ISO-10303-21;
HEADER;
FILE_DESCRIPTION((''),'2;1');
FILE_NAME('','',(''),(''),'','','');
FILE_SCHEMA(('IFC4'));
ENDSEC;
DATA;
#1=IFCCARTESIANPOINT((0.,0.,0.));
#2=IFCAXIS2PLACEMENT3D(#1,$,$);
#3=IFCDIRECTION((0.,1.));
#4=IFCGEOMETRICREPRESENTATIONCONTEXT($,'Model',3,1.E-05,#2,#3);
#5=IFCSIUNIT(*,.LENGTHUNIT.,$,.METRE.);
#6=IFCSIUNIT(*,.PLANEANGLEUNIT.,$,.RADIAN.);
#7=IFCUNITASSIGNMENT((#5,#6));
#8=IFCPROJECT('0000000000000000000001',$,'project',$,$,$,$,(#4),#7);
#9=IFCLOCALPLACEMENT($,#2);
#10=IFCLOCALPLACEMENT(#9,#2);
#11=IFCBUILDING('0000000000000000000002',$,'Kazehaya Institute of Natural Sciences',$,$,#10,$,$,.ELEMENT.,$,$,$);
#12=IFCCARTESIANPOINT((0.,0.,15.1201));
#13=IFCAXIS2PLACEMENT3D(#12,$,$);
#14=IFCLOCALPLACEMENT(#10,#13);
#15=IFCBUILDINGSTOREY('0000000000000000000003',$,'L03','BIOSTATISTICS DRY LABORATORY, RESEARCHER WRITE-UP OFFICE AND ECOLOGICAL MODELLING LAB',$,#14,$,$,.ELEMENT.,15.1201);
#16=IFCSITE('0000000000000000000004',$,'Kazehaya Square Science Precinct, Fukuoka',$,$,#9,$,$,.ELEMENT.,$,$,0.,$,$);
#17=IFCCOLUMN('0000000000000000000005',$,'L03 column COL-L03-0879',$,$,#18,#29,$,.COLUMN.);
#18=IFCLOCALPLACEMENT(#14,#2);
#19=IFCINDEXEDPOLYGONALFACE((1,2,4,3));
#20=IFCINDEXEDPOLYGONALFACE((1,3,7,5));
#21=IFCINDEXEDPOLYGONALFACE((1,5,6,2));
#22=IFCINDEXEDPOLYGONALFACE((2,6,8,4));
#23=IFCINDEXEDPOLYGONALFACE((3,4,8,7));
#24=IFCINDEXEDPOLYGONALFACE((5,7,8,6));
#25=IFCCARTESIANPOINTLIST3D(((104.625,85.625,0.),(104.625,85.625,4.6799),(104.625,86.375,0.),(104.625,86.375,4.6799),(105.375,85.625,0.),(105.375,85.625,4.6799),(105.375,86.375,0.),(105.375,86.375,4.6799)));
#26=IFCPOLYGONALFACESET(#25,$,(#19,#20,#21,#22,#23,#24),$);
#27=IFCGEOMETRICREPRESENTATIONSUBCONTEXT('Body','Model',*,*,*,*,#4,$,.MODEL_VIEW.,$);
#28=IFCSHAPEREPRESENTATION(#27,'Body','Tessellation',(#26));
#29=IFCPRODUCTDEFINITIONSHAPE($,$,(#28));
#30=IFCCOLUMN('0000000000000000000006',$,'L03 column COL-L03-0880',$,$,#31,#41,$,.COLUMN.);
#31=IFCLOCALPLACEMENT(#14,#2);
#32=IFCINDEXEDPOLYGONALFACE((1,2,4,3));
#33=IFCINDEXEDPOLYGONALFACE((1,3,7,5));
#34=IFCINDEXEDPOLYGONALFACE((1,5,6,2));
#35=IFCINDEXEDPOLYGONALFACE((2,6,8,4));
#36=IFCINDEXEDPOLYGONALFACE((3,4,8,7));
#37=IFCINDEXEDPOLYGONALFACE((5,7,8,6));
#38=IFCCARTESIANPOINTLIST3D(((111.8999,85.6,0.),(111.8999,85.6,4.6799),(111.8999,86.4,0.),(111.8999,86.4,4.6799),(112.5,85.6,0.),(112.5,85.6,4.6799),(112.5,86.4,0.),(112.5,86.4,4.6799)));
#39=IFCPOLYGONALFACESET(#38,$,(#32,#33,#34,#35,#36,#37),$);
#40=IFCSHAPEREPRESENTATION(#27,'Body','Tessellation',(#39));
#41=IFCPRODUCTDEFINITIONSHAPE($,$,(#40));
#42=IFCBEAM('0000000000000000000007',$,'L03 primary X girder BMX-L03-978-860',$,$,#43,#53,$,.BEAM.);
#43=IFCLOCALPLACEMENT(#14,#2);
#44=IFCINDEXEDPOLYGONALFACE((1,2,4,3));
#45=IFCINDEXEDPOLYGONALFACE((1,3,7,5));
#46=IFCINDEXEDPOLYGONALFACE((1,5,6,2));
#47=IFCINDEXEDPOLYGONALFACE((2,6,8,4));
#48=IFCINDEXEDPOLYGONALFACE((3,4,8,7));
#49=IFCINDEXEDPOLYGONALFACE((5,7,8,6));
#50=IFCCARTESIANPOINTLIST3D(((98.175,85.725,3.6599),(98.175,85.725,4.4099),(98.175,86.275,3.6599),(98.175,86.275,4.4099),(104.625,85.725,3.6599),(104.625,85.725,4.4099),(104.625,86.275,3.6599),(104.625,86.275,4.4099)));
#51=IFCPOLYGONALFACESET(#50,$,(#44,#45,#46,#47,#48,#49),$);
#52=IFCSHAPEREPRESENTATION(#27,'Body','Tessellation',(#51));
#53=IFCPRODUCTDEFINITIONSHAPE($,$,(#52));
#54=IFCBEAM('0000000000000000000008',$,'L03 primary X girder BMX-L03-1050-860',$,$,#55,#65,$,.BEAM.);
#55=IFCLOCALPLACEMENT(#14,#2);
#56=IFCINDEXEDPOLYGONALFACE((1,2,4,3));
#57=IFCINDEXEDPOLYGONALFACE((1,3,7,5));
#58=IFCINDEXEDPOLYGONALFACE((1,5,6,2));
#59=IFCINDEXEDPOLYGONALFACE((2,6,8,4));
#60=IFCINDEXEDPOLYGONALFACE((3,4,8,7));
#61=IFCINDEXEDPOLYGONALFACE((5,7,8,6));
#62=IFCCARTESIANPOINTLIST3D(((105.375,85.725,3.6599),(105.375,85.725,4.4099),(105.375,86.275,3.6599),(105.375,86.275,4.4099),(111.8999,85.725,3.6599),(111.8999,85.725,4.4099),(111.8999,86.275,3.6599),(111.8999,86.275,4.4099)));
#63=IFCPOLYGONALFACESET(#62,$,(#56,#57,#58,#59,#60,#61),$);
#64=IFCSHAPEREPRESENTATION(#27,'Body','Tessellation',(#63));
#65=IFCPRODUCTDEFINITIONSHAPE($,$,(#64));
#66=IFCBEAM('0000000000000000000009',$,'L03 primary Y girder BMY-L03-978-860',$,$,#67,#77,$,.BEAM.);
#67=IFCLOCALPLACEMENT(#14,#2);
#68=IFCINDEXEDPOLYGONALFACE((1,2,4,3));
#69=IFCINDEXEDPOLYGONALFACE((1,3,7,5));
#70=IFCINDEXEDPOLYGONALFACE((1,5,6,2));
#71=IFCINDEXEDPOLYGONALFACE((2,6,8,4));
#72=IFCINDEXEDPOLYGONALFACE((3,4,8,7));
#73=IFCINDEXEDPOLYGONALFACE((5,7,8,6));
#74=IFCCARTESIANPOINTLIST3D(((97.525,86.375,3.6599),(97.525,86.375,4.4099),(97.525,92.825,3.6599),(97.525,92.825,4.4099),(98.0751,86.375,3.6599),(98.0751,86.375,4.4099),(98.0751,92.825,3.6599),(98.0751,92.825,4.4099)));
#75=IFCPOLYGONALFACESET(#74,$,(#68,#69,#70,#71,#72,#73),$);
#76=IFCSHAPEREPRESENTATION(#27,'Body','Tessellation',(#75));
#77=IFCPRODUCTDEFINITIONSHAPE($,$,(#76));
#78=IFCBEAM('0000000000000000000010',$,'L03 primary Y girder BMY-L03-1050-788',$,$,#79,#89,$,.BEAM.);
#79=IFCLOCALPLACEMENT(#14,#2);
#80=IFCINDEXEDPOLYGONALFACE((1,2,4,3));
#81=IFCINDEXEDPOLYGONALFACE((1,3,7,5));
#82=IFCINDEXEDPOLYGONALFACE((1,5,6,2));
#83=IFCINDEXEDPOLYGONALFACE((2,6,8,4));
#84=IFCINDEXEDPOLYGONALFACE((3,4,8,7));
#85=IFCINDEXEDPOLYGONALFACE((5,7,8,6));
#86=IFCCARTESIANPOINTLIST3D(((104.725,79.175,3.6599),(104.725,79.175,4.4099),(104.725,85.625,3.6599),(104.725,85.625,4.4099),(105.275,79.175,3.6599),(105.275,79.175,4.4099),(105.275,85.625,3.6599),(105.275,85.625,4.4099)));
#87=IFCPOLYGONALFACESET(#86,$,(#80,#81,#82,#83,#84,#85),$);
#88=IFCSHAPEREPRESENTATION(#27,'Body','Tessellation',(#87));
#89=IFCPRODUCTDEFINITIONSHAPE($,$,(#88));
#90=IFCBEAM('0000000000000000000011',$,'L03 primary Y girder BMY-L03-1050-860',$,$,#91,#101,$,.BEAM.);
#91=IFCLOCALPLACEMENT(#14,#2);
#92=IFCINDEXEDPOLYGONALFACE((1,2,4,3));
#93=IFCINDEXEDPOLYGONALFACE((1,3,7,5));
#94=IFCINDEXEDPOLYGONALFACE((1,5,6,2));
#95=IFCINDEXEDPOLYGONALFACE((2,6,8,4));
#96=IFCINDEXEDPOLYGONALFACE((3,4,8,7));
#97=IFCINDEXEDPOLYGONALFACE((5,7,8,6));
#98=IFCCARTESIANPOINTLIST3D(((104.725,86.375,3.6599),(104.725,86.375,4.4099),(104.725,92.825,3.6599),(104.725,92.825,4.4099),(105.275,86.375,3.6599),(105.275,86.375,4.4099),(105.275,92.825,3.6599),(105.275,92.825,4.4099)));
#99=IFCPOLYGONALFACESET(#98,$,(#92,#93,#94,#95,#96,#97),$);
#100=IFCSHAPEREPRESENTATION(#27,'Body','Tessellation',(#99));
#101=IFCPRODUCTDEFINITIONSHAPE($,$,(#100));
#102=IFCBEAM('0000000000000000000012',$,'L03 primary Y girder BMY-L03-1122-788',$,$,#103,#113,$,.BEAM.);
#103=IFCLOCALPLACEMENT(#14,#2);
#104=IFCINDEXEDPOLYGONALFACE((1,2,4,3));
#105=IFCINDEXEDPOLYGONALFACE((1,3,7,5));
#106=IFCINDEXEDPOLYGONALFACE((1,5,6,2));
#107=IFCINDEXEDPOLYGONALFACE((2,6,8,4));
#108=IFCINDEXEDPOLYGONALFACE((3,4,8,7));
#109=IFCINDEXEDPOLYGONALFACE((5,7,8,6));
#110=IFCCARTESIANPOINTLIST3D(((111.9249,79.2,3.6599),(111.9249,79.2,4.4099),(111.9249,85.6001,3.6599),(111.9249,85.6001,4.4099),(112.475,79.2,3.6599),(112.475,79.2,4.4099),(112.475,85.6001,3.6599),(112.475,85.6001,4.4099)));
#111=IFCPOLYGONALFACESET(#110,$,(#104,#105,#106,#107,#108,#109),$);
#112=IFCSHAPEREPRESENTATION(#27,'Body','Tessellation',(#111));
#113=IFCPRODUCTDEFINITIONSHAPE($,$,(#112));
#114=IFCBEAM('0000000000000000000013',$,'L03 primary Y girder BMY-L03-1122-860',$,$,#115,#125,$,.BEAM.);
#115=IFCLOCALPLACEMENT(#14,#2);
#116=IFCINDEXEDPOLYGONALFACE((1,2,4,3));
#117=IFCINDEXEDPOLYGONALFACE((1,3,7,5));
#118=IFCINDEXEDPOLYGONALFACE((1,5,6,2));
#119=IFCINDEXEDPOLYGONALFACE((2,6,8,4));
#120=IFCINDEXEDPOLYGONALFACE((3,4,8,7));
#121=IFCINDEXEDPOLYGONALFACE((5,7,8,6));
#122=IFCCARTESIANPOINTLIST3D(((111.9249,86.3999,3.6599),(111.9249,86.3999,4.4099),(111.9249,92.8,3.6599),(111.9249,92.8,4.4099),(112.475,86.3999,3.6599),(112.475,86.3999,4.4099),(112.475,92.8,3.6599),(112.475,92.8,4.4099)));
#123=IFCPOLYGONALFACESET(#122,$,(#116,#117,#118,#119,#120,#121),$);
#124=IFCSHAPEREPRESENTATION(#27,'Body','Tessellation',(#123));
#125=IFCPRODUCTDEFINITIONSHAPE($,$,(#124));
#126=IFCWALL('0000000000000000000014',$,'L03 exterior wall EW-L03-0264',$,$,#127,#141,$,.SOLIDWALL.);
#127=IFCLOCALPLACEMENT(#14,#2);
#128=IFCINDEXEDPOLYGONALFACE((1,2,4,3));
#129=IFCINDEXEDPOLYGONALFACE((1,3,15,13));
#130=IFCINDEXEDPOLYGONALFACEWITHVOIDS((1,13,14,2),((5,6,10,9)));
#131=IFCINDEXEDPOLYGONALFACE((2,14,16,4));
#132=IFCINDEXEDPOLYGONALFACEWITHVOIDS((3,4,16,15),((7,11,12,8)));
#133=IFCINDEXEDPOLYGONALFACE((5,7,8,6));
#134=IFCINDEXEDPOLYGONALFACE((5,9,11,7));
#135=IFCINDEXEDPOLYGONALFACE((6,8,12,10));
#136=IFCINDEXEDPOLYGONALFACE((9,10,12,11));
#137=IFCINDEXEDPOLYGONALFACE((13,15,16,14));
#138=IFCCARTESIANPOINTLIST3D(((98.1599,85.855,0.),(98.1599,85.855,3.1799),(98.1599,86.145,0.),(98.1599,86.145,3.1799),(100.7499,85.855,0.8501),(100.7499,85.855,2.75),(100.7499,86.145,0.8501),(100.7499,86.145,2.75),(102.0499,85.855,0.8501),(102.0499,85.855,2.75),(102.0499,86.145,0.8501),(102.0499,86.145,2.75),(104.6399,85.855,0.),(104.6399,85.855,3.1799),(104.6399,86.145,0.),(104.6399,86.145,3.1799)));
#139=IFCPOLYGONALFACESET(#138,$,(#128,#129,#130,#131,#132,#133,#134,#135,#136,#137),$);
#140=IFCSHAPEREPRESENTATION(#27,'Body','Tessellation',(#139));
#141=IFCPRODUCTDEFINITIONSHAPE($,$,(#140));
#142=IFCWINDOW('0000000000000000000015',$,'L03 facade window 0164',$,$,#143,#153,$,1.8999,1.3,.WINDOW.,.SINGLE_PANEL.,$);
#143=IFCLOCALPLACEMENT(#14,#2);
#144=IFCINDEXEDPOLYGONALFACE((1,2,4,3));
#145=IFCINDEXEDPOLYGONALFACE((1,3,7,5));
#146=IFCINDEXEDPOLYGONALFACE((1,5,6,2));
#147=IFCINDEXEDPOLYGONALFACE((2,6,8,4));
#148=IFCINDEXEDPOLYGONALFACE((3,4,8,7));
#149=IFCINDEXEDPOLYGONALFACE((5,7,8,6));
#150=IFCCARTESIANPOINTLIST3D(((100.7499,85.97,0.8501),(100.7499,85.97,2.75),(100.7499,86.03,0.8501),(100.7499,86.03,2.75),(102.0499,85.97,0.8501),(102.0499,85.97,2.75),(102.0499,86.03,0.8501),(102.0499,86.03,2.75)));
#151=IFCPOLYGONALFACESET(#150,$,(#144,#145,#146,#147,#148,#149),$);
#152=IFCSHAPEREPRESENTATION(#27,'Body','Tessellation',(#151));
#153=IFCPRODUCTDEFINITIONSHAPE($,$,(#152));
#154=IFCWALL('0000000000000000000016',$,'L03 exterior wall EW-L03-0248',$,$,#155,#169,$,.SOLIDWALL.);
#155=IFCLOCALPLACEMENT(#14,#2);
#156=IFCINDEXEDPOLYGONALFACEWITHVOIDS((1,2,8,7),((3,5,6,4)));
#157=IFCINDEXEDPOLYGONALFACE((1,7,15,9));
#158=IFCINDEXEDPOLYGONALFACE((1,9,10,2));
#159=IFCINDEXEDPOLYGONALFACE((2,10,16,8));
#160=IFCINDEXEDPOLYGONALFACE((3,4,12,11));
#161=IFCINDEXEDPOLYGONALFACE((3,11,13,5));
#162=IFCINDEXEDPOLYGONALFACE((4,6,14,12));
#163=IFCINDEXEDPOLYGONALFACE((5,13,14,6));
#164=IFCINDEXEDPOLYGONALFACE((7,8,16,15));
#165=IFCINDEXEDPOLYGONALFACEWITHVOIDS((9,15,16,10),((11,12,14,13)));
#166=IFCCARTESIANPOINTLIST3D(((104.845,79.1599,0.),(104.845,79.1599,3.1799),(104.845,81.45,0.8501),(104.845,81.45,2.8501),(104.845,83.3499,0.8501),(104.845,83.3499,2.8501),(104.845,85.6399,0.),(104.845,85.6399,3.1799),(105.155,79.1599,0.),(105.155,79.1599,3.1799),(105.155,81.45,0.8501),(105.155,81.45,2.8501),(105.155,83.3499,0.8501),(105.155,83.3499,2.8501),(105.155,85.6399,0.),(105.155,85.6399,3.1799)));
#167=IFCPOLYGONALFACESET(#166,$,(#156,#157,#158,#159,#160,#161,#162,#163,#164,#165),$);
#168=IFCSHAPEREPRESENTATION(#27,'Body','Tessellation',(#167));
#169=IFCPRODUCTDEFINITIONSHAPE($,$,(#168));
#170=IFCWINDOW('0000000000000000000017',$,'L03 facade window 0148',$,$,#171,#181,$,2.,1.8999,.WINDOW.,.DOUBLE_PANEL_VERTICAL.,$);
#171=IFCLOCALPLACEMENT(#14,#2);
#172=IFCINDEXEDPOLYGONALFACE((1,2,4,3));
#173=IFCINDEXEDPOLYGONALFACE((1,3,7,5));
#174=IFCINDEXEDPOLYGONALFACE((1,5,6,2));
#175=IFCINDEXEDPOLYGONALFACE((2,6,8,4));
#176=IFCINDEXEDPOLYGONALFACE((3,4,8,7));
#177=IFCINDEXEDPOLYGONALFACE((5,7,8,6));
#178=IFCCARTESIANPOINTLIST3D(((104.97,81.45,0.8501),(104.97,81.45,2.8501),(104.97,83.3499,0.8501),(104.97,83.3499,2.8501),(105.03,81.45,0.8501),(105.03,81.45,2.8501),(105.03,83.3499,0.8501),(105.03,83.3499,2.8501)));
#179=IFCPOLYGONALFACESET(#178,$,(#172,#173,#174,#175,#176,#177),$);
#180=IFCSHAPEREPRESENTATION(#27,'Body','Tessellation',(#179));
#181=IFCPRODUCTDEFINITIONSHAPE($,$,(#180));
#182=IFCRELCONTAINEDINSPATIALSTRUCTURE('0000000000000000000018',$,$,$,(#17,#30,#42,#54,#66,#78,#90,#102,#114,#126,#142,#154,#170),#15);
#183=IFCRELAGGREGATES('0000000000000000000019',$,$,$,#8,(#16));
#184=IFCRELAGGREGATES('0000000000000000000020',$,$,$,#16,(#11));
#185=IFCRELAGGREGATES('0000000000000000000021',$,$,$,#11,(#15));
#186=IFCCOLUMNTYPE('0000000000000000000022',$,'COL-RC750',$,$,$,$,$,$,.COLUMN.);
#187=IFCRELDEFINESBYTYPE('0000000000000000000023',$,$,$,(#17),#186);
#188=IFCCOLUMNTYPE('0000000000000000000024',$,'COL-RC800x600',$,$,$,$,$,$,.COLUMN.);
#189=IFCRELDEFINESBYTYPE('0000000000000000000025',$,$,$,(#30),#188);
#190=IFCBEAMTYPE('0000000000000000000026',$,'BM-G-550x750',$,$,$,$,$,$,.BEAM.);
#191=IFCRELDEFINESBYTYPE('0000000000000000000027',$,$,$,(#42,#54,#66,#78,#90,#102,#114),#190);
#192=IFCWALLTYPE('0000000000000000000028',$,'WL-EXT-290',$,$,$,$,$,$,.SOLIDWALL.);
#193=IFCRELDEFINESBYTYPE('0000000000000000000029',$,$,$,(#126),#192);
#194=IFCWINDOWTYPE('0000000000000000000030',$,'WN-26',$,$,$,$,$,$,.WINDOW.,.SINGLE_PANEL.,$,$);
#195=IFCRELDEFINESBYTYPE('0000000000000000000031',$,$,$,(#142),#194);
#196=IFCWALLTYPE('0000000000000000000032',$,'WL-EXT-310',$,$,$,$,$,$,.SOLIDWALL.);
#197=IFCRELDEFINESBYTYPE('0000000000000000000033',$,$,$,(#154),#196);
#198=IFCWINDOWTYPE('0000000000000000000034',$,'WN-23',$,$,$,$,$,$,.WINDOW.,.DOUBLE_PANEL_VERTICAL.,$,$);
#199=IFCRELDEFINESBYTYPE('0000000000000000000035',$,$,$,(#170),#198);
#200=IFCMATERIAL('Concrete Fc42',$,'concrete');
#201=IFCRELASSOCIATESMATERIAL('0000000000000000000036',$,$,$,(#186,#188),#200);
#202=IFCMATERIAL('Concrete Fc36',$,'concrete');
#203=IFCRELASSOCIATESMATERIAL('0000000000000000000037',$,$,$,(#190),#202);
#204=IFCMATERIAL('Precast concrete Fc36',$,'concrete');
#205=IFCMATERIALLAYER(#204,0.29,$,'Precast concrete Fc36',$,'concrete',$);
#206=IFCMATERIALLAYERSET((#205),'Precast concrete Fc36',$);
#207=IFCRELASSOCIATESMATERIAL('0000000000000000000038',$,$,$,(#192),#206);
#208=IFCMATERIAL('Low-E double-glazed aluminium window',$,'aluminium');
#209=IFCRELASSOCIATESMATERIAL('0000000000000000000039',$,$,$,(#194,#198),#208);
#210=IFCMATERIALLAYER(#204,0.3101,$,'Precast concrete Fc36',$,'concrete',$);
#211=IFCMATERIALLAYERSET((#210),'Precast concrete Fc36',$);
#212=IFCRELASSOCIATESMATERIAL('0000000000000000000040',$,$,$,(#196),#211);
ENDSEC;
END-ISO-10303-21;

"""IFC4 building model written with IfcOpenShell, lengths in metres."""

from ifc_helpers import new_model, si_unit, direction, frame, frame_2d, origin, origin_2d, place, context, subcontext, project, spatial, rectangle, extrude, material, layer, layer_set, material_profile, profile_set, type_object, element, fill, save


model = new_model("IFC4")

# Units and contexts
model_context = context("Model", 3, precision=1e-05, world=origin(), true_north=direction((0.0, 1.0)))
body_context = subcontext(model_context, "Body", "Model", "MODEL_VIEW")
ifc_project = project(units=[si_unit("LENGTHUNIT", "METRE"), si_unit("PLANEANGLEUNIT", "RADIAN")], contexts=[model_context])

# Site, building, storey
site_placement = place(None, origin())
site = spatial("IfcSite", under=ifc_project, at=site_placement, Name="Kazehaya Square Science Precinct, Fukuoka", CompositionType="ELEMENT", RefElevation=0.0)
building_placement = place(site_placement, origin())
building = spatial("IfcBuilding", under=site, at=building_placement, Name="Kazehaya Institute of Natural Sciences", CompositionType="ELEMENT")
storey_placement = place(building_placement, frame((0.0, 0.0, 15.1201)))
storey = spatial("IfcBuildingStorey", under=building, at=storey_placement, Name="L03", Description="BIOSTATISTICS DRY LABORATORY, RESEARCHER WRITE-UP OFFICE AND ECOLOGICAL MODELLING LAB", CompositionType="ELEMENT", Elevation=15.1201)

# Columns
ifc_material_1 = material(Name="Concrete Fc42", Category="concrete")
ifc_material_profile_1 = material_profile(ifc_material_1, rectangle(XDim=0.75, YDim=0.75, at=origin_2d()), Name="RC-750x750")
ifc_profile_set_1 = profile_set([ifc_material_profile_1], Name="Concrete Fc42")
column_type_1 = type_object("IfcColumnType", Name="COL-RC750", PredefinedType="COLUMN", material=ifc_profile_set_1)
column_1_placement = place(storey_placement, frame((105.0, 86.0, 0.0), z_axis=(0.0, 0.0, 1.0), x_axis=(1.0, 0.0, 0.0)))
element("IfcColumn", 1, at=column_1_placement, inside=storey, type_object=column_type_1, Name="L03 column COL-L03-0879", PredefinedType="COLUMN", context=body_context, shape_type="SweptSolid", body=[
    extrude(rectangle(XDim=0.75, YDim=0.75, at=origin_2d()), origin(), (0.0, 0.0, 1.0), 4.6799),
])
ifc_material_profile_2 = material_profile(ifc_material_1, rectangle(XDim=0.6001, YDim=0.8, at=origin_2d()), Name="RC-800x600")
ifc_profile_set_2 = profile_set([ifc_material_profile_2], Name="Concrete Fc42")
column_type_2 = type_object("IfcColumnType", Name="COL-RC800x600", PredefinedType="COLUMN", material=ifc_profile_set_2)
column_2_placement = place(storey_placement, frame((112.2, 86.0, 0.0), z_axis=(0.0, 0.0, 1.0), x_axis=(1.0, 0.0, 0.0)))
element("IfcColumn", 2, at=column_2_placement, inside=storey, type_object=column_type_2, Name="L03 column COL-L03-0880", PredefinedType="COLUMN", context=body_context, shape_type="SweptSolid", body=[
    extrude(rectangle(XDim=0.6001, YDim=0.8, at=origin_2d()), origin(), (0.0, 0.0, 1.0), 4.6799),
])

# Beams
ifc_material_2 = material(Name="Concrete Fc36", Category="concrete")
ifc_material_profile_3 = material_profile(ifc_material_2, rectangle(XDim=0.55, YDim=0.75, at=origin_2d()), Name="RC-550x750")
ifc_profile_set_3 = profile_set([ifc_material_profile_3], Name="Concrete Fc36")
beam_type = type_object("IfcBeamType", Name="BM-G-550x750", PredefinedType="BEAM", material=ifc_profile_set_3)
beam_1_placement = place(storey_placement, frame((98.175, 86.0, 4.0349), z_axis=(1.0, 0.0, 0.0), x_axis=(0.0, 1.0, 0.0)))
element("IfcBeam", 3, at=beam_1_placement, inside=storey, type_object=beam_type, Name="L03 primary X girder BMX-L03-978-860", PredefinedType="BEAM", context=body_context, shape_type="SweptSolid", body=[
    extrude(rectangle(XDim=0.55, YDim=0.75, at=origin_2d()), origin(), (0.0, 0.0, 1.0), 6.45),
])
beam_2_placement = place(storey_placement, frame((105.375, 86.0, 4.0349), z_axis=(1.0, 0.0, 0.0), x_axis=(0.0, 1.0, 0.0)))
element("IfcBeam", 4, at=beam_2_placement, inside=storey, type_object=beam_type, Name="L03 primary X girder BMX-L03-1050-860", PredefinedType="BEAM", context=body_context, shape_type="SweptSolid", body=[
    extrude(rectangle(XDim=0.55, YDim=0.75, at=origin_2d()), origin(), (0.0, 0.0, 1.0), 6.5249),
])
for number, where, z_axis, x_axis, name in (
    (5, (97.8, 86.375, 4.0349), (0.0, 1.0, 0.0), (-1.0, 0.0, 0.0), "L03 primary Y girder BMY-L03-978-860"),
    (6, (105.0, 79.175, 4.0349), (0.0, 1.0, 0.0), (-1.0, 0.0, 0.0), "L03 primary Y girder BMY-L03-1050-788"),
    (7, (105.0, 86.375, 4.0349), (0.0, 1.0, 0.0), (-1.0, 0.0, 0.0), "L03 primary Y girder BMY-L03-1050-860"),
):
    element("IfcBeam", number, at=place(storey_placement, frame(where, z_axis=z_axis, x_axis=x_axis)), inside=storey, type_object=beam_type, Name=name, PredefinedType="BEAM", context=body_context, shape_type="SweptSolid", body=[
        extrude(rectangle(XDim=0.55, YDim=0.75, at=origin_2d()), origin(), (0.0, 0.0, 1.0), 6.45),
    ])
for number, where, z_axis, x_axis, name in (
    (8, (112.2, 79.2, 4.0349), (0.0, 1.0, 0.0), (-1.0, 0.0, 0.0), "L03 primary Y girder BMY-L03-1122-788"),
    (9, (112.2, 86.3999, 4.0349), (0.0, 1.0, 0.0), (-1.0, 0.0, 0.0), "L03 primary Y girder BMY-L03-1122-860"),
):
    element("IfcBeam", number, at=place(storey_placement, frame(where, z_axis=z_axis, x_axis=x_axis)), inside=storey, type_object=beam_type, Name=name, PredefinedType="BEAM", context=body_context, shape_type="SweptSolid", body=[
        extrude(rectangle(XDim=0.55, YDim=0.75, at=origin_2d()), origin(), (0.0, 0.0, 1.0), 6.4001),
    ])

# Walls, openings, windows
ifc_material_3 = material(Name="Precast concrete Fc36", Category="concrete")
ifc_layer_1 = layer(ifc_material_3, 0.29, Name="Precast concrete Fc36", Category="concrete")
ifc_layer_set_1 = layer_set([ifc_layer_1], Name="Precast concrete Fc36")
wall_type_1 = type_object("IfcWallType", Name="WL-EXT-290", PredefinedType="SOLIDWALL", material=ifc_layer_set_1)
wall_1_placement = place(storey_placement, frame((104.6399, 86.0, 0.0), z_axis=(0.0, 0.0, 1.0), x_axis=(-1.0, 0.0, 0.0)))
wall_1 = element("IfcWall", 10, at=wall_1_placement, inside=storey, type_object=wall_type_1, Name="L03 exterior wall EW-L03-0264", PredefinedType="SOLIDWALL", context=body_context, shape_type="SweptSolid", body=[
    extrude(rectangle(XDim=6.48, YDim=0.29, at=frame_2d((3.24, 0.0))), origin(), (0.0, 0.0, 1.0), 3.1799),
])
opening_1_placement = place(wall_1_placement, frame((2.5901, 0.0, 0.8501)))
opening_1 = element("IfcOpeningElement", 11, at=opening_1_placement, cuts=wall_1, PredefinedType="OPENING", context=body_context, shape_type="SweptSolid", body=[
    extrude(rectangle(XDim=1.3, YDim=1.8999, at=frame_2d((0.6499, 0.95))), frame((0.0, 0.155, 0.0), z_axis=(0.0, -1.0, 0.0), x_axis=(1.0, 0.0, 0.0)), (0.0, 0.0, 1.0), 0.3101),
])
ifc_material_4 = material(Name="Low-E double-glazed aluminium window", Category="aluminium")
window_type_1 = type_object("IfcWindowType", Name="WN-26", PartitioningType="SINGLE_PANEL", PredefinedType="WINDOW", material=ifc_material_4)
window_1_placement = place(opening_1_placement, origin())
window_1 = element("IfcWindow", 12, at=window_1_placement, inside=storey, type_object=window_type_1, Name="L03 facade window 0164", OverallHeight=1.8999, OverallWidth=1.3, PartitioningType="SINGLE_PANEL", PredefinedType="WINDOW", context=body_context, shape_type="SweptSolid", body=[
    extrude(rectangle(XDim=1.3, YDim=1.8999, at=frame_2d((0.6499, 0.95))), frame((0.0, 0.03, 0.0), z_axis=(0.0, -1.0, 0.0), x_axis=(1.0, 0.0, 0.0)), (0.0, 0.0, 1.0), 0.0601),
])
fill(opening_1, window_1)
ifc_layer_2 = layer(ifc_material_3, 0.3101, Name="Precast concrete Fc36", Category="concrete")
ifc_layer_set_2 = layer_set([ifc_layer_2], Name="Precast concrete Fc36")
wall_type_2 = type_object("IfcWallType", Name="WL-EXT-310", PredefinedType="SOLIDWALL", material=ifc_layer_set_2)
wall_2_placement = place(storey_placement, frame((105.0, 79.1599, 0.0), z_axis=(0.0, 0.0, 1.0), x_axis=(0.0, 1.0, 0.0)))
wall_2 = element("IfcWall", 13, at=wall_2_placement, inside=storey, type_object=wall_type_2, Name="L03 exterior wall EW-L03-0248", PredefinedType="SOLIDWALL", context=body_context, shape_type="SweptSolid", body=[
    extrude(rectangle(XDim=6.48, YDim=0.3101, at=frame_2d((3.24, 0.0))), origin(), (0.0, 0.0, 1.0), 3.1799),
])
opening_2_placement = place(wall_2_placement, frame((2.29, 0.0, 0.8501)))
opening_2 = element("IfcOpeningElement", 14, at=opening_2_placement, cuts=wall_2, PredefinedType="OPENING", context=body_context, shape_type="SweptSolid", body=[
    extrude(rectangle(XDim=1.8999, YDim=2.0, at=frame_2d((0.95, 1.0))), frame((0.0, 0.165, 0.0), z_axis=(0.0, -1.0, 0.0), x_axis=(1.0, 0.0, 0.0)), (0.0, 0.0, 1.0), 0.3301),
])
window_type_2 = type_object("IfcWindowType", Name="WN-23", PartitioningType="DOUBLE_PANEL_VERTICAL", PredefinedType="WINDOW", material=ifc_material_4)
window_2_placement = place(opening_2_placement, origin())
window_2 = element("IfcWindow", 15, at=window_2_placement, inside=storey, type_object=window_type_2, Name="L03 facade window 0148", OverallHeight=2.0, OverallWidth=1.8999, PartitioningType="DOUBLE_PANEL_VERTICAL", PredefinedType="WINDOW", context=body_context, shape_type="SweptSolid", body=[
    extrude(rectangle(XDim=1.8999, YDim=2.0, at=frame_2d((0.95, 1.0))), frame((0.0, 0.03, 0.0), z_axis=(0.0, -1.0, 0.0), x_axis=(1.0, 0.0, 0.0)), (0.0, 0.0, 1.0), 0.0601),
])
fill(opening_2, window_2)

save(model, "model.ifc")
